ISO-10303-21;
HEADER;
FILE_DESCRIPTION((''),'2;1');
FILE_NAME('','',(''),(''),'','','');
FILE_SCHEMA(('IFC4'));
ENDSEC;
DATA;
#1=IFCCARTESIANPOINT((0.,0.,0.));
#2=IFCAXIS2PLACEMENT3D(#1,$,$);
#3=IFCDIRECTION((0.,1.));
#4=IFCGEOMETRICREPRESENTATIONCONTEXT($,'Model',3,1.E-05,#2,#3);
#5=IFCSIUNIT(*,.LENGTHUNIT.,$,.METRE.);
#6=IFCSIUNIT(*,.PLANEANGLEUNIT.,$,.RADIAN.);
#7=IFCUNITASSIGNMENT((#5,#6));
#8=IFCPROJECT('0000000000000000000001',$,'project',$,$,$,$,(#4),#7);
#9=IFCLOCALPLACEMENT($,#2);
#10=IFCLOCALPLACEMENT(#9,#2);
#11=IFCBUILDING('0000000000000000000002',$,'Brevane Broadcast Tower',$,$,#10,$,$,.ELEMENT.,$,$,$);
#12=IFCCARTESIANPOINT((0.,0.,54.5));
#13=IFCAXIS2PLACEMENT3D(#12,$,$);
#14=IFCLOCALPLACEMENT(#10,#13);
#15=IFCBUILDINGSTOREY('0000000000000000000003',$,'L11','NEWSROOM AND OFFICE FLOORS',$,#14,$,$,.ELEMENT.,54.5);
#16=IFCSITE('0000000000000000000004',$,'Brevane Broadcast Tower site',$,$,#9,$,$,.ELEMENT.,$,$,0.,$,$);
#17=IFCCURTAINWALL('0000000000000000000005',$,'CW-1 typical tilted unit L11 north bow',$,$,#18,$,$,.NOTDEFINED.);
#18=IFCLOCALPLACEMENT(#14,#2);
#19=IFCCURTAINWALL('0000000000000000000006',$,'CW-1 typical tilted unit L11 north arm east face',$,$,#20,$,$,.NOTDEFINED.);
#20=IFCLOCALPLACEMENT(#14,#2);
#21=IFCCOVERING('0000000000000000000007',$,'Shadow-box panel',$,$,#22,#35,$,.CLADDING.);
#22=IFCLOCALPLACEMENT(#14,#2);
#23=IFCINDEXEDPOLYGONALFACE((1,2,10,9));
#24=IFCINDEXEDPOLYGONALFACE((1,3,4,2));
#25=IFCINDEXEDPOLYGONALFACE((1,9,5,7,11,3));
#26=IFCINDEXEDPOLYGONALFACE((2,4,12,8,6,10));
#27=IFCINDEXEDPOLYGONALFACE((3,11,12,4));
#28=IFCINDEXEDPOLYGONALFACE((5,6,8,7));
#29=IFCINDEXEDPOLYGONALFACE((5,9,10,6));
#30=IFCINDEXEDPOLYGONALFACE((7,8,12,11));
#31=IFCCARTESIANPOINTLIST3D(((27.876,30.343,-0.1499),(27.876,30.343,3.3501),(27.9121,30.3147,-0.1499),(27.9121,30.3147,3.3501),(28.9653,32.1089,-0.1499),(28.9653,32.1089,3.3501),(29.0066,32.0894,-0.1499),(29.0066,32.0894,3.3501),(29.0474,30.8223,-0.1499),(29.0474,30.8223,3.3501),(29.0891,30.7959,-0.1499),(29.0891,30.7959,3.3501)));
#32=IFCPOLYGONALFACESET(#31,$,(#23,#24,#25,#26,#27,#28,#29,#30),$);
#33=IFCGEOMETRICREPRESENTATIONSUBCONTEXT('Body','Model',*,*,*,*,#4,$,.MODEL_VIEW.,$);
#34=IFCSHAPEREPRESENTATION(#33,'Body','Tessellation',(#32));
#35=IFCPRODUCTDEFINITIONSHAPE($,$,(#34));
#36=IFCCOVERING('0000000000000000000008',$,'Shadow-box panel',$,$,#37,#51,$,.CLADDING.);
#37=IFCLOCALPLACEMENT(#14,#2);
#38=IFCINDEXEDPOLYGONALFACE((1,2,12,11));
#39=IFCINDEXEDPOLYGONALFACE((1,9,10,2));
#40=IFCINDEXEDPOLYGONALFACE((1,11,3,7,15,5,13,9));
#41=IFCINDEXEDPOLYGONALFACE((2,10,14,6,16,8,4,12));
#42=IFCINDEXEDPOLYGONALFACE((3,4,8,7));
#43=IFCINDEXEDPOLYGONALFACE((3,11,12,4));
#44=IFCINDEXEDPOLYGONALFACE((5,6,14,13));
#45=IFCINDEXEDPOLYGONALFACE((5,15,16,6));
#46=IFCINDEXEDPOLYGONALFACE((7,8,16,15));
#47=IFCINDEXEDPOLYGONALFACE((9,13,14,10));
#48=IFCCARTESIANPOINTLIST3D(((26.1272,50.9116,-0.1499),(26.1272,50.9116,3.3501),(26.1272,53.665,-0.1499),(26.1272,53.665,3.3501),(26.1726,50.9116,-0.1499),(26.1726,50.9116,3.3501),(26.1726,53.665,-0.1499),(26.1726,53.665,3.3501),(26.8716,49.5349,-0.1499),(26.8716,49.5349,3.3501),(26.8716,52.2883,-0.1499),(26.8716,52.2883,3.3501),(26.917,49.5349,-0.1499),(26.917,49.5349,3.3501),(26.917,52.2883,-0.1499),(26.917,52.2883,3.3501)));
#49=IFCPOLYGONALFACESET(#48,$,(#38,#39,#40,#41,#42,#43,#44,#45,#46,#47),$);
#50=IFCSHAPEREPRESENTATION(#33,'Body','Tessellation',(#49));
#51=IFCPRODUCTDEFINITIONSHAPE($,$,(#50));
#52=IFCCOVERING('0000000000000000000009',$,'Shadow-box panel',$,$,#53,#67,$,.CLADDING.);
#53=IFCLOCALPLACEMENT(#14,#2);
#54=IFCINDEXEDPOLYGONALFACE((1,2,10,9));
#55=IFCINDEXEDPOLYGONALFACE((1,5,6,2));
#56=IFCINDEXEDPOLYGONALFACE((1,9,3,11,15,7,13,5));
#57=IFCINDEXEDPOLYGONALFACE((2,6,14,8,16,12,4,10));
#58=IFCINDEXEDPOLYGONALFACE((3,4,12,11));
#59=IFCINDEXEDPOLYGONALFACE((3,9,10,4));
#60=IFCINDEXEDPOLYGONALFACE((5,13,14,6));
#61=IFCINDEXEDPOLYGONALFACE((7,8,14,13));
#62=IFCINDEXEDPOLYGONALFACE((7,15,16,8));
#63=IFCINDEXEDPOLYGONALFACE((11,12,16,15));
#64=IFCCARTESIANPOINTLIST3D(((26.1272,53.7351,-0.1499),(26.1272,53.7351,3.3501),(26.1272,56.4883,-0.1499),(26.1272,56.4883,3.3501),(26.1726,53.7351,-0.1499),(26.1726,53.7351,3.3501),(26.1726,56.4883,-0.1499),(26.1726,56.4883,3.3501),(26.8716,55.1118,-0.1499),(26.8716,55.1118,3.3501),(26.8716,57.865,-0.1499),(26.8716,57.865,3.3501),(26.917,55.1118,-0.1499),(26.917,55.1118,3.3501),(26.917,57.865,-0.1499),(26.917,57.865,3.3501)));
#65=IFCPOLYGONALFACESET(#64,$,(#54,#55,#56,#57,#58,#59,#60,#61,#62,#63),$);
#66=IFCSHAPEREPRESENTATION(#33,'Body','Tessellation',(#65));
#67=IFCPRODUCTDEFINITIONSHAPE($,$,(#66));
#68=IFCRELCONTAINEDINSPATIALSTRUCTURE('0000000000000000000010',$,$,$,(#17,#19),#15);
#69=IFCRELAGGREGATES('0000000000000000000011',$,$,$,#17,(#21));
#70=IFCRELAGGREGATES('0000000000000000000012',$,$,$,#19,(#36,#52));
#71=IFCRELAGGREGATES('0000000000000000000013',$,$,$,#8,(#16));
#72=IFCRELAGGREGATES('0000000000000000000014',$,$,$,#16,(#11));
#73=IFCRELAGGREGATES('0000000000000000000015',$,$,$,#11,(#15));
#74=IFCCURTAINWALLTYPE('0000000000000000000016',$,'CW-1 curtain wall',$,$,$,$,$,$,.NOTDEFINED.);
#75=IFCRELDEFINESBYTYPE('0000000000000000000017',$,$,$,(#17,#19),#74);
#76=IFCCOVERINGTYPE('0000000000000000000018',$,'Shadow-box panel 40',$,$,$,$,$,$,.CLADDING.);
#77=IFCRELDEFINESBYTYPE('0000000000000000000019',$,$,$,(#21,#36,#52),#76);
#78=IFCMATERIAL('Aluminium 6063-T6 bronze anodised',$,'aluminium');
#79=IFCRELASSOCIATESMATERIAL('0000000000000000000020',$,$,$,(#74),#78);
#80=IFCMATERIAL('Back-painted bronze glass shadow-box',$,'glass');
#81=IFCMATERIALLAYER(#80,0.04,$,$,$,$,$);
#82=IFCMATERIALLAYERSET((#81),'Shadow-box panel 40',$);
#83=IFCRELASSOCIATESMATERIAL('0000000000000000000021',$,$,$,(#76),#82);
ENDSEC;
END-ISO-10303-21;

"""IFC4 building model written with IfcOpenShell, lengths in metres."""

from ifc_helpers import new_model, si_unit, direction, frame, origin, place, context, subcontext, project, spatial, polyline, outline, extrude, material, layer, layer_set, type_object, element, aggregate, save


model = new_model("IFC4")

# Units and contexts
model_context = context("Model", 3, precision=1e-05, world=origin(), true_north=direction((0.0, 1.0)))
body_context = subcontext(model_context, "Body", "Model", "MODEL_VIEW")
ifc_project = project(units=[si_unit("LENGTHUNIT", "METRE"), si_unit("PLANEANGLEUNIT", "RADIAN")], contexts=[model_context])

# Site, building, storey
site_placement = place(None, origin())
site = spatial("IfcSite", under=ifc_project, at=site_placement, Name="Brevane Broadcast Tower site", CompositionType="ELEMENT", RefElevation=0.0)
building_placement = place(site_placement, origin())
building = spatial("IfcBuilding", under=site, at=building_placement, Name="Brevane Broadcast Tower", CompositionType="ELEMENT")
storey_placement = place(building_placement, frame((0.0, 0.0, 54.5)))
storey = spatial("IfcBuildingStorey", under=building, at=storey_placement, Name="L11", Description="NEWSROOM AND OFFICE FLOORS", CompositionType="ELEMENT", Elevation=54.5)

# Shared definitions
ifc_material_1 = material(Name="Aluminium 6063-T6 bronze anodised", Category="aluminium")
curtain_wall_type = type_object("IfcCurtainWallType", Name="CW-1 curtain wall", PredefinedType="NOTDEFINED", material=ifc_material_1)

# Curtain walls
curtain_wall_1_placement = place(storey_placement, origin())
curtain_wall_1 = element("IfcCurtainWall", 1, at=curtain_wall_1_placement, inside=storey, type_object=curtain_wall_type, Name="CW-1 typical tilted unit L11 north bow", PredefinedType="NOTDEFINED")
curtain_wall_2_placement = place(storey_placement, origin())
curtain_wall_2 = element("IfcCurtainWall", 2, at=curtain_wall_2_placement, inside=storey, type_object=curtain_wall_type, Name="CW-1 typical tilted unit L11 north arm east face", PredefinedType="NOTDEFINED")

# Coverings
ifc_material_2 = material(Name="Back-painted bronze glass shadow-box", Category="glass")
ifc_layer_1 = layer(ifc_material_2, 0.04)
ifc_layer_set_1 = layer_set([ifc_layer_1], Name="Shadow-box panel 40")
covering_type = type_object("IfcCoveringType", Name="Shadow-box panel 40", PredefinedType="CLADDING", material=ifc_layer_set_1)
covering_1_placement = place(storey_placement, frame((0.0, 0.0, -0.1499)))
covering_1 = element("IfcCovering", 3, at=covering_1_placement, type_object=covering_type, Name="Shadow-box panel", PredefinedType="CLADDING", context=body_context, shape_type="SweptSolid", body=[
    extrude(outline(polyline([(27.876, 30.343), (27.9121, 30.3147), (29.0891, 30.7959), (29.0066, 32.0894), (28.9653, 32.1089), (29.0474, 30.8223), (27.876, 30.343)])), origin(), (0.0, 0.0, 1.0), 3.5),
])
aggregate(curtain_wall_1, [covering_1])
covering_2_placement = place(storey_placement, frame((0.0, 0.0, -0.1499)))
covering_2 = element("IfcCovering", 4, at=covering_2_placement, type_object=covering_type, Name="Shadow-box panel", PredefinedType="CLADDING", context=body_context, shape_type="SweptSolid", body=[
    extrude(outline(polyline([(26.8716, 49.5349), (26.917, 49.5349), (26.1726, 50.9116), (26.917, 52.2883), (26.1726, 53.665), (26.1272, 53.665), (26.8716, 52.2883), (26.1272, 50.9116), (26.8716, 49.5349)])), origin(), (0.0, 0.0, 1.0), 3.5),
])
covering_3_placement = place(storey_placement, frame((0.0, 0.0, -0.1499)))
covering_3 = element("IfcCovering", 5, at=covering_3_placement, type_object=covering_type, Name="Shadow-box panel", PredefinedType="CLADDING", context=body_context, shape_type="SweptSolid", body=[
    extrude(outline(polyline([(26.1272, 53.7351), (26.1726, 53.7351), (26.917, 55.1118), (26.1726, 56.4883), (26.917, 57.865), (26.8716, 57.865), (26.1272, 56.4883), (26.8716, 55.1118), (26.1272, 53.7351)])), origin(), (0.0, 0.0, 1.0), 3.5),
])
aggregate(curtain_wall_2, [covering_2, covering_3])

save(model, "model.ifc")
